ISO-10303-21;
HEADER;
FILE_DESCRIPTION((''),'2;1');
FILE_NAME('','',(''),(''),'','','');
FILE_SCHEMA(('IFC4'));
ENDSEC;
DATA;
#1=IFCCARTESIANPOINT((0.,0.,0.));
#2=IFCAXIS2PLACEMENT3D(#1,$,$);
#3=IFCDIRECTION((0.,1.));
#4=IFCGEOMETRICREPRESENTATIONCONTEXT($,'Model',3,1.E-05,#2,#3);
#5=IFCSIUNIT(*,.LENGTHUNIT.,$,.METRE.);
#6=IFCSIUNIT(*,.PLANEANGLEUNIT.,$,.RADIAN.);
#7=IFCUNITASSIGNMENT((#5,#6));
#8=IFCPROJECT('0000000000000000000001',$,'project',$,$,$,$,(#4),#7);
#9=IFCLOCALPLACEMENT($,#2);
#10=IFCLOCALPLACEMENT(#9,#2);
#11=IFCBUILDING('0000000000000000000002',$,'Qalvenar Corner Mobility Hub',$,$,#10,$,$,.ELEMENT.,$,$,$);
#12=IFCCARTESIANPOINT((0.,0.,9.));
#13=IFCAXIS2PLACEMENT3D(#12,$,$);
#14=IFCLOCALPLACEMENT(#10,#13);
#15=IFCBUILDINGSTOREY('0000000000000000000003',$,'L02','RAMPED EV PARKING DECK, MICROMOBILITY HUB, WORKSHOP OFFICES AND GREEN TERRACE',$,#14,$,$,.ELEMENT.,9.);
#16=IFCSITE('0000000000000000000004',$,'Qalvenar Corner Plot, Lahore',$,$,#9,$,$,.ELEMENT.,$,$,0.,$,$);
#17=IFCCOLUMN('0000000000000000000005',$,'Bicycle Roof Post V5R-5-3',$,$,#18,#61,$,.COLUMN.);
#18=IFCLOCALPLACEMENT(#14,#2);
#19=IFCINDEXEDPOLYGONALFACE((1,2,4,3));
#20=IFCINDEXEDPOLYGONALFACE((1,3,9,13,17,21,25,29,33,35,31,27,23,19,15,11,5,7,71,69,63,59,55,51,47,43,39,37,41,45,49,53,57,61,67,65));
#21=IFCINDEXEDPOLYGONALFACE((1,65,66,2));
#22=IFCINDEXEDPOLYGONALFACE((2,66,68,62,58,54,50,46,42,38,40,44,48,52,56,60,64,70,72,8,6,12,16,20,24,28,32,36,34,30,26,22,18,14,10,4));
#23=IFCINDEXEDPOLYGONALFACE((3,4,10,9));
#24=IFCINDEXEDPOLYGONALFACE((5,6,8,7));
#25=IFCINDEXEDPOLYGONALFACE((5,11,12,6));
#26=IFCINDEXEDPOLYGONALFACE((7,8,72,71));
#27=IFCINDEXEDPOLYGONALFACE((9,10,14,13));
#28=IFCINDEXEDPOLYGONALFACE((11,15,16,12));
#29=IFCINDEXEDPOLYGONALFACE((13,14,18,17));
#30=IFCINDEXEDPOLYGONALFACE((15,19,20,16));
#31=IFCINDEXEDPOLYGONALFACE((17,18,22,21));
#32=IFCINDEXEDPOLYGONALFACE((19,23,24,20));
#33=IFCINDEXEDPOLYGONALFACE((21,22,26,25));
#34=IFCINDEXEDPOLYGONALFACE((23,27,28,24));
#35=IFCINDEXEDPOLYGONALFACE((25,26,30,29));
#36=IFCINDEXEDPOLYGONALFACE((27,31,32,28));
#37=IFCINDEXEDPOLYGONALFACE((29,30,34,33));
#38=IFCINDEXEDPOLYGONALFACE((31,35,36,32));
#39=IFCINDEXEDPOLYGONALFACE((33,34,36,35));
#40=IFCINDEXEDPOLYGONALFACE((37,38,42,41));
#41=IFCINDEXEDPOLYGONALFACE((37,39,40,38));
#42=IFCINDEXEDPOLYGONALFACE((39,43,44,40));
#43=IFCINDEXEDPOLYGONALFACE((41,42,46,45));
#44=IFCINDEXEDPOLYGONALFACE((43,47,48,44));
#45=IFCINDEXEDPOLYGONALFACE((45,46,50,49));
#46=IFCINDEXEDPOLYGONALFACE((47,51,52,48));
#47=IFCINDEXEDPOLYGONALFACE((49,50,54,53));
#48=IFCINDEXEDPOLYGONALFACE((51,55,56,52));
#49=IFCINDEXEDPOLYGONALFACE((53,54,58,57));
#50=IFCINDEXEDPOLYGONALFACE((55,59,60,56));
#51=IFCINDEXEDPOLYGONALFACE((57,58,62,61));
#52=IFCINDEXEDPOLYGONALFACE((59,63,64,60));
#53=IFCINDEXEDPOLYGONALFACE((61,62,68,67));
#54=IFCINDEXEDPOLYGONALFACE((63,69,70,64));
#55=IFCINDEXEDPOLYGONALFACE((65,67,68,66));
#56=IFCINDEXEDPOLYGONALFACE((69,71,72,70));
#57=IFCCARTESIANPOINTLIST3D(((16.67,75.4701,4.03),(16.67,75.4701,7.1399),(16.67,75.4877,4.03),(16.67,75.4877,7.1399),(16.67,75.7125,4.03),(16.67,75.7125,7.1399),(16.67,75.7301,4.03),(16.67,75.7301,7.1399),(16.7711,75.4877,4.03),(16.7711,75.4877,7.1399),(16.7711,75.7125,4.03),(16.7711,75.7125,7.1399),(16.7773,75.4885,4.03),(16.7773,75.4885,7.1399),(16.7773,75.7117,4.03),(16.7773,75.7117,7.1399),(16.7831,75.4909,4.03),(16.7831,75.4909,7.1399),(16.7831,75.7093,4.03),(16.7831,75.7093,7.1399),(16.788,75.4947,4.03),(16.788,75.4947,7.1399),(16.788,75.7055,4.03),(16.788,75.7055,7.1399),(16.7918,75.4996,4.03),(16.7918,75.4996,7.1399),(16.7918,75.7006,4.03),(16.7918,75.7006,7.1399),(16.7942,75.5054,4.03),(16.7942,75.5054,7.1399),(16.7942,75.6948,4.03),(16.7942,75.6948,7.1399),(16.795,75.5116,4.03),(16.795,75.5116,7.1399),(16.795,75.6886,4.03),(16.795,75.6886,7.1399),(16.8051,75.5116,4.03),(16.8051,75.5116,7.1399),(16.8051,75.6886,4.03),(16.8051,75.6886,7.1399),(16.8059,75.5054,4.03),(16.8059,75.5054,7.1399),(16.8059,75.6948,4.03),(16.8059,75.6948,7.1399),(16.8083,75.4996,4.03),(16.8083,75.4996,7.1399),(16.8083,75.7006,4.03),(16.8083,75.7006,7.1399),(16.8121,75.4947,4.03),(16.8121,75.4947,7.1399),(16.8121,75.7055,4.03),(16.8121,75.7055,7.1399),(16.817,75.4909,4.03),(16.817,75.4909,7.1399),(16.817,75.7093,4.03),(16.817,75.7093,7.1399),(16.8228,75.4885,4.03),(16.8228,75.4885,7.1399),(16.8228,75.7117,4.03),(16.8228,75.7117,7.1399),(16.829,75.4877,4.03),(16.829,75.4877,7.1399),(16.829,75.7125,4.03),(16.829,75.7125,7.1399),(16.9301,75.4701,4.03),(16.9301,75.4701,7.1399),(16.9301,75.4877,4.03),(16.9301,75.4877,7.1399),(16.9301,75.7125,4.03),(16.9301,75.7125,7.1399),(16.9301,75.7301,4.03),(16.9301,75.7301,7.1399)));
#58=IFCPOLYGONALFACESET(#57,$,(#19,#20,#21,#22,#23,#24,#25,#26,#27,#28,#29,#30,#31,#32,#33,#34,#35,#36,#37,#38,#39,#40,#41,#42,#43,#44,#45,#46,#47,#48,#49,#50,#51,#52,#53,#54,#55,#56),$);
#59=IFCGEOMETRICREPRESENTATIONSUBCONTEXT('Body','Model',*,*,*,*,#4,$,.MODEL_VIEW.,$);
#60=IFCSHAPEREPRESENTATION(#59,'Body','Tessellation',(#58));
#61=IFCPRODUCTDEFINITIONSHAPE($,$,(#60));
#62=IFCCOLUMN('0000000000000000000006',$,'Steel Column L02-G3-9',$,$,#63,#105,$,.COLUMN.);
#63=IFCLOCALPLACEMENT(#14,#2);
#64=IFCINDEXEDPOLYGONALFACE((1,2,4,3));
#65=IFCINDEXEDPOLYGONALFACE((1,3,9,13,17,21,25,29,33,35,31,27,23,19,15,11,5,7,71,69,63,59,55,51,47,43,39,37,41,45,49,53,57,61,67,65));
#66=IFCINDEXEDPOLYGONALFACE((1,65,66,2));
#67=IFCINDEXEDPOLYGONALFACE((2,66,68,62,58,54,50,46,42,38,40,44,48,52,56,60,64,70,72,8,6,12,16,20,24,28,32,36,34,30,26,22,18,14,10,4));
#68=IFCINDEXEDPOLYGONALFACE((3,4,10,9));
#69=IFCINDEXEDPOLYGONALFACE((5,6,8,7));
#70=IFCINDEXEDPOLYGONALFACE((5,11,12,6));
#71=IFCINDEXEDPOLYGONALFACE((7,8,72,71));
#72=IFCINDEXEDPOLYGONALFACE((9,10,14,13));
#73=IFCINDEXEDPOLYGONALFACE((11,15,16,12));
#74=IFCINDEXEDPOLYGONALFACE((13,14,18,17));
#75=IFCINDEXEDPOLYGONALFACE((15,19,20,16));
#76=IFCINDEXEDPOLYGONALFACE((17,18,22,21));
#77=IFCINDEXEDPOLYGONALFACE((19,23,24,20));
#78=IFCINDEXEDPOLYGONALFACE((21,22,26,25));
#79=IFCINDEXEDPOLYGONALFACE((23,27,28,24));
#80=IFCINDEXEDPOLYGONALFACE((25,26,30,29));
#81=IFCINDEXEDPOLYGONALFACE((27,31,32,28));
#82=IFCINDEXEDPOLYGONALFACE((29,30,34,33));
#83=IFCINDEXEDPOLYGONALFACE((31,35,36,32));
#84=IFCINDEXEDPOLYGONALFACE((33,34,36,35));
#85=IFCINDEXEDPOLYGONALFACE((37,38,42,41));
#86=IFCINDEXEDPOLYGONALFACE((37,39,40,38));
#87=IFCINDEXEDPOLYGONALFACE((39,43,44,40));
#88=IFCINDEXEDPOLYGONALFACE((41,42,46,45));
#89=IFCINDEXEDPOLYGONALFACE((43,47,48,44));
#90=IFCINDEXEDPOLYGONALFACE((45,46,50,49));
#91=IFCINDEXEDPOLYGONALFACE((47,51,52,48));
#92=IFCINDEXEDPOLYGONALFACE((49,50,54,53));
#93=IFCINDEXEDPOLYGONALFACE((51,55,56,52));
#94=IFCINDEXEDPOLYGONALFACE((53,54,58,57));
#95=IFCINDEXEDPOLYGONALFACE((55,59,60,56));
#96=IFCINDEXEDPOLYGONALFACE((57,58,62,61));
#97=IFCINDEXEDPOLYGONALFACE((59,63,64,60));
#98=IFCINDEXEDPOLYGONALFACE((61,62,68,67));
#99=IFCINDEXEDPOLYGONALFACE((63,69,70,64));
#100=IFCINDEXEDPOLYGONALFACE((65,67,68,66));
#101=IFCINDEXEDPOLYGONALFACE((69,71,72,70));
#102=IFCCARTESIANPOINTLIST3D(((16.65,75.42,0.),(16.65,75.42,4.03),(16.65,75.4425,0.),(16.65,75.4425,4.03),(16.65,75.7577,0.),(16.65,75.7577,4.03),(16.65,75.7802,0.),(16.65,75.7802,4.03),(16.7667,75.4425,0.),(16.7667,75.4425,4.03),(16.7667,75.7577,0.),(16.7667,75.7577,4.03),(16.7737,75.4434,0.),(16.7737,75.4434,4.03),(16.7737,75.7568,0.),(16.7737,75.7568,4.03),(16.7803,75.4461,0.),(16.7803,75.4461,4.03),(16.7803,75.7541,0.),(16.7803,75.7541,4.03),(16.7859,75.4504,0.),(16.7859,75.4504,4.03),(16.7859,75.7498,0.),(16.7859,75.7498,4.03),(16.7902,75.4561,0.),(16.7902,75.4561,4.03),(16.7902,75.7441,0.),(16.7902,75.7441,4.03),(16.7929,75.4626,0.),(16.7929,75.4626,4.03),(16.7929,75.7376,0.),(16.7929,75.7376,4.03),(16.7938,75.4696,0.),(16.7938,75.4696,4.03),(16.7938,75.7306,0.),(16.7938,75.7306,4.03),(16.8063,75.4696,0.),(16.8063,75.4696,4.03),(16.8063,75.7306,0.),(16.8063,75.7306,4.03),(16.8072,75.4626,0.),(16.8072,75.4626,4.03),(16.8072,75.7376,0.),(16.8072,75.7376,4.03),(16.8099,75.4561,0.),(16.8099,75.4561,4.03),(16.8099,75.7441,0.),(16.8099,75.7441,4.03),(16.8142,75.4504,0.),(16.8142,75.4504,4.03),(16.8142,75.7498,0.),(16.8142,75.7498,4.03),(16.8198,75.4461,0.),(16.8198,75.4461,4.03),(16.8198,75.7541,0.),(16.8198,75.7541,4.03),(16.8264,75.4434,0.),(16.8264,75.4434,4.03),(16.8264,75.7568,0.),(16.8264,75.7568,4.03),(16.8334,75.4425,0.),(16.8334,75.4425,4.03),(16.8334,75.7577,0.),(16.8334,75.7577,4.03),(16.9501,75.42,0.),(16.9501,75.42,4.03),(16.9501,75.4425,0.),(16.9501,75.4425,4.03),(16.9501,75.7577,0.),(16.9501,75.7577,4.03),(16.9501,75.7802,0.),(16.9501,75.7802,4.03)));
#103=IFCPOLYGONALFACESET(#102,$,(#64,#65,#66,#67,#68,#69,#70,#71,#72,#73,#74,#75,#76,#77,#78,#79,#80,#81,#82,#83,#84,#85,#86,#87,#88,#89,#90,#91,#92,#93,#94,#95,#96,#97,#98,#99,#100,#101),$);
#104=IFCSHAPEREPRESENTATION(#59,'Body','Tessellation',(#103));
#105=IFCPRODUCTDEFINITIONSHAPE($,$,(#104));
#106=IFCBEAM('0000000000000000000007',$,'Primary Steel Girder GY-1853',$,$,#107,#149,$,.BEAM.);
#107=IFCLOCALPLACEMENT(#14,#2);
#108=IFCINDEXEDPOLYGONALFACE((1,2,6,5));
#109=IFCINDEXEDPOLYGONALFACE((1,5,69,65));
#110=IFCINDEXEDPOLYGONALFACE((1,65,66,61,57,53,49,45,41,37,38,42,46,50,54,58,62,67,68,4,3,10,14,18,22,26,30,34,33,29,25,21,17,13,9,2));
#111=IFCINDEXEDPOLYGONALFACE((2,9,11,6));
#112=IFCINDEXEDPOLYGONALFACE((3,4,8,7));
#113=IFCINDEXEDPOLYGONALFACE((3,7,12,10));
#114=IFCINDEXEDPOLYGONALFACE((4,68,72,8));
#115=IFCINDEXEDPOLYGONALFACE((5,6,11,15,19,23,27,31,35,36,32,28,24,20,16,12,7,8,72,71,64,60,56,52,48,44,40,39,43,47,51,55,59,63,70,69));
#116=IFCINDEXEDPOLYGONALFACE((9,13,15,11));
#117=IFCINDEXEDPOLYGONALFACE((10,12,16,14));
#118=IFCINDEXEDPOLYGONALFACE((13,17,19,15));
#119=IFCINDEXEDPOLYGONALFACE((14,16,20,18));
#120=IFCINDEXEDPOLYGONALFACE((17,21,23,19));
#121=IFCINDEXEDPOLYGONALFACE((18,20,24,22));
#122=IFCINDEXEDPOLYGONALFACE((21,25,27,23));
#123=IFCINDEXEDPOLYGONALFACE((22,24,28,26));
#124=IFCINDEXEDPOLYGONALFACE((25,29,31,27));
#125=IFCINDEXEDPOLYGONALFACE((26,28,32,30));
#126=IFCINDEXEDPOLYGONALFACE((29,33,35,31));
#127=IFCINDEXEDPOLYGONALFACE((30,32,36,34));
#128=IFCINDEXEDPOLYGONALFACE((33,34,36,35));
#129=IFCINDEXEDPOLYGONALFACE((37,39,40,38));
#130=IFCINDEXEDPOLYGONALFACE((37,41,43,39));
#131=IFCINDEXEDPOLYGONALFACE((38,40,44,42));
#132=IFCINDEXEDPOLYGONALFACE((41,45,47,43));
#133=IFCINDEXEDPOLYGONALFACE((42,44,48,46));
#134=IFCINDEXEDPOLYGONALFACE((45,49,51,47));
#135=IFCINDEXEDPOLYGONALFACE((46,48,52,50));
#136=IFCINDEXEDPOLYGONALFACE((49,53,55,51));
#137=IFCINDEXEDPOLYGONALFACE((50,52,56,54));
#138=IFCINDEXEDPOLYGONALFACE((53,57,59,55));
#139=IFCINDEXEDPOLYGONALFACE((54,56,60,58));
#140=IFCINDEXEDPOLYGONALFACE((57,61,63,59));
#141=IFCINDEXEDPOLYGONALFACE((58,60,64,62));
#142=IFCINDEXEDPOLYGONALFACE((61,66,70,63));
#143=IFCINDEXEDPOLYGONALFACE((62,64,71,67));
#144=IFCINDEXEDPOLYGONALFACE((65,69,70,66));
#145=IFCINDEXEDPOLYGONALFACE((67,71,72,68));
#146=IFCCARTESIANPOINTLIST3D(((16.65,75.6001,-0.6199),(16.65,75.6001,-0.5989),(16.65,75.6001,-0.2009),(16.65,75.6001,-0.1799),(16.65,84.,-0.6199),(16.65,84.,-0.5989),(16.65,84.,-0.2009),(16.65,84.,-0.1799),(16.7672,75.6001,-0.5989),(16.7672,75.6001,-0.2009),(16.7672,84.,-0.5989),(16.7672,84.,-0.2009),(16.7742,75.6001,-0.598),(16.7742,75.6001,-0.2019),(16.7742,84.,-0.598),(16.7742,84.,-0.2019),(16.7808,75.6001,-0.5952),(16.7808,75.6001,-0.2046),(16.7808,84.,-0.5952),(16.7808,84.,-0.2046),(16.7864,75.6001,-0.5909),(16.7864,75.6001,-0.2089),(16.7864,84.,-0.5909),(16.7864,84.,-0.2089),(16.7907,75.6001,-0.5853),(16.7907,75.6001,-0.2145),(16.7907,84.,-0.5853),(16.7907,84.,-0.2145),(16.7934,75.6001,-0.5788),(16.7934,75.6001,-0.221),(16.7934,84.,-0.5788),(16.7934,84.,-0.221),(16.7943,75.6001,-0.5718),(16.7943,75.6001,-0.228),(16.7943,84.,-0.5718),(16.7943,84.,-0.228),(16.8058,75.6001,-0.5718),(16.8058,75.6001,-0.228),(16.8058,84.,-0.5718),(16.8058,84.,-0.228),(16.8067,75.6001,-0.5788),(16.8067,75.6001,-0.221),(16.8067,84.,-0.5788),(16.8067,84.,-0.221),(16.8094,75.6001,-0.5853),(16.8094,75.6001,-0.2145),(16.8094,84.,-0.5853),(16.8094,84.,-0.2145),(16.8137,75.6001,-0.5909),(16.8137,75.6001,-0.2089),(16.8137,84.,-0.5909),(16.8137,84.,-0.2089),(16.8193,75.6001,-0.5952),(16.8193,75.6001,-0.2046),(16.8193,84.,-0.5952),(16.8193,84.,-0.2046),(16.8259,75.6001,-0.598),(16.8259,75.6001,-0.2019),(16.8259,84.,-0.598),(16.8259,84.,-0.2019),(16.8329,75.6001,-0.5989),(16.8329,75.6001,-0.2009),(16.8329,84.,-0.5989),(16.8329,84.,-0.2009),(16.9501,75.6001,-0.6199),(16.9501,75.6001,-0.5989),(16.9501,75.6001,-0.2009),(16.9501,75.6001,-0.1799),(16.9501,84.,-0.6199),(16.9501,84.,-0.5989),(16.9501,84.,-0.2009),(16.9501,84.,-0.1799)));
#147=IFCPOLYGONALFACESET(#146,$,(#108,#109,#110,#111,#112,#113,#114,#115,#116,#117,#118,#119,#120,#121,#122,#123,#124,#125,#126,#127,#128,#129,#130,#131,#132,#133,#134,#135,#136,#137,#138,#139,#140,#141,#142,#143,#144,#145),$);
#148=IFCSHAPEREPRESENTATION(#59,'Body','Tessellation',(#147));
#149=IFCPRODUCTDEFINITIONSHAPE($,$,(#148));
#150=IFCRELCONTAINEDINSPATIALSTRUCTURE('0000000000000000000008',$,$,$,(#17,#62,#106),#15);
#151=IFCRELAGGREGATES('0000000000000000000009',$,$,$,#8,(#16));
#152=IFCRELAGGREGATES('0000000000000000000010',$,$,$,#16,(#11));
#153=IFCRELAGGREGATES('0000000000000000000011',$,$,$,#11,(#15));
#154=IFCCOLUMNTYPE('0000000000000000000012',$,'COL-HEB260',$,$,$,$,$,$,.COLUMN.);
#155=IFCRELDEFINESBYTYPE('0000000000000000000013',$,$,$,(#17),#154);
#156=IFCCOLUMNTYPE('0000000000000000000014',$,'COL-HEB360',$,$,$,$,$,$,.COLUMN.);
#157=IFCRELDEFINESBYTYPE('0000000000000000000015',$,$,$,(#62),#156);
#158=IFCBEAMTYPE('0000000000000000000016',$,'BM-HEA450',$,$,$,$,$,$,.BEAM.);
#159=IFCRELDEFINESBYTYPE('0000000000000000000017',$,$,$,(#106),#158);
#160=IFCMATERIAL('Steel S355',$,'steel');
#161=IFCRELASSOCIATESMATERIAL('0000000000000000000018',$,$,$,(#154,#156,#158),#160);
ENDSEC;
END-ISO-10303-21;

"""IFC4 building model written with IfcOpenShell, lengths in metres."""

from ifc_helpers import new_model, si_unit, direction, frame, origin, origin_2d, place, context, subcontext, project, spatial, i_section, extrude, material, material_profile, profile_set, type_object, element, save


model = new_model("IFC4")

# Units and contexts
model_context = context("Model", 3, precision=1e-05, world=origin(), true_north=direction((0.0, 1.0)))
body_context = subcontext(model_context, "Body", "Model", "MODEL_VIEW")
ifc_project = project(units=[si_unit("LENGTHUNIT", "METRE"), si_unit("PLANEANGLEUNIT", "RADIAN")], contexts=[model_context])

# Site, building, storey
site_placement = place(None, origin())
site = spatial("IfcSite", under=ifc_project, at=site_placement, Name="Qalvenar Corner Plot, Lahore", CompositionType="ELEMENT", RefElevation=0.0)
building_placement = place(site_placement, origin())
building = spatial("IfcBuilding", under=site, at=building_placement, Name="Qalvenar Corner Mobility Hub", CompositionType="ELEMENT")
storey_placement = place(building_placement, frame((0.0, 0.0, 9.0)))
storey = spatial("IfcBuildingStorey", under=building, at=storey_placement, Name="L02", Description="RAMPED EV PARKING DECK, MICROMOBILITY HUB, WORKSHOP OFFICES AND GREEN TERRACE", CompositionType="ELEMENT", Elevation=9.0)

# Columns
ifc_material_1 = material(Name="Steel S355", Category="steel")
ifc_material_profile_1 = material_profile(ifc_material_1, i_section(OverallWidth=0.26, OverallDepth=0.26, WebThickness=0.01, FlangeThickness=0.0176, FilletRadius=0.0239, at=origin_2d()), Name="HEB260")
ifc_profile_set_1 = profile_set([ifc_material_profile_1], Name="Steel S355")
column_type_1 = type_object("IfcColumnType", Name="COL-HEB260", PredefinedType="COLUMN", material=ifc_profile_set_1)
column_1_placement = place(storey_placement, frame((16.8, 75.6001, 4.03), z_axis=(0.0, 0.0, 1.0), x_axis=(1.0, 0.0, 0.0)))
element("IfcColumn", 1, at=column_1_placement, inside=storey, type_object=column_type_1, Name="Bicycle Roof Post V5R-5-3", PredefinedType="COLUMN", context=body_context, shape_type="SweptSolid", body=[
    extrude(i_section(OverallWidth=0.26, OverallDepth=0.26, WebThickness=0.01, FlangeThickness=0.0176, FilletRadius=0.0239, at=origin_2d()), origin(), (0.0, 0.0, 1.0), 3.1099),
])
ifc_material_profile_2 = material_profile(ifc_material_1, i_section(OverallWidth=0.3, OverallDepth=0.3601, WebThickness=0.0125, FlangeThickness=0.0225, FilletRadius=0.0271, at=origin_2d()), Name="HEB360")
ifc_profile_set_2 = profile_set([ifc_material_profile_2], Name="Steel S355")
column_type_2 = type_object("IfcColumnType", Name="COL-HEB360", PredefinedType="COLUMN", material=ifc_profile_set_2)
column_2_placement = place(storey_placement, frame((16.8, 75.6001, 0.0), z_axis=(0.0, 0.0, 1.0), x_axis=(1.0, 0.0, 0.0)))
element("IfcColumn", 2, at=column_2_placement, inside=storey, type_object=column_type_2, Name="Steel Column L02-G3-9", PredefinedType="COLUMN", context=body_context, shape_type="SweptSolid", body=[
    extrude(i_section(OverallWidth=0.3, OverallDepth=0.3601, WebThickness=0.0125, FlangeThickness=0.0225, FilletRadius=0.0271, at=origin_2d()), origin(), (0.0, 0.0, 1.0), 4.03),
])

# Beam
ifc_material_profile_3 = material_profile(ifc_material_1, i_section(OverallWidth=0.3, OverallDepth=0.4399, WebThickness=0.0115, FlangeThickness=0.021, FilletRadius=0.0271, at=origin_2d()), Name="HEA450")
ifc_profile_set_3 = profile_set([ifc_material_profile_3], Name="Steel S355")
beam_type_1 = type_object("IfcBeamType", Name="BM-HEA450", PredefinedType="BEAM", material=ifc_profile_set_3)
beam_1_placement = place(storey_placement, frame((16.8, 75.6001, -0.3999), z_axis=(0.0, 1.0, 0.0), x_axis=(-1.0, 0.0, 0.0)))
element("IfcBeam", 3, at=beam_1_placement, inside=storey, type_object=beam_type_1, Name="Primary Steel Girder GY-1853", PredefinedType="BEAM", context=body_context, shape_type="SweptSolid", body=[
    extrude(i_section(OverallWidth=0.3, OverallDepth=0.4399, WebThickness=0.0115, FlangeThickness=0.021, FilletRadius=0.0271, at=origin_2d()), origin(), (0.0, 0.0, 1.0), 8.3999),
])

save(model, "model.ifc")
